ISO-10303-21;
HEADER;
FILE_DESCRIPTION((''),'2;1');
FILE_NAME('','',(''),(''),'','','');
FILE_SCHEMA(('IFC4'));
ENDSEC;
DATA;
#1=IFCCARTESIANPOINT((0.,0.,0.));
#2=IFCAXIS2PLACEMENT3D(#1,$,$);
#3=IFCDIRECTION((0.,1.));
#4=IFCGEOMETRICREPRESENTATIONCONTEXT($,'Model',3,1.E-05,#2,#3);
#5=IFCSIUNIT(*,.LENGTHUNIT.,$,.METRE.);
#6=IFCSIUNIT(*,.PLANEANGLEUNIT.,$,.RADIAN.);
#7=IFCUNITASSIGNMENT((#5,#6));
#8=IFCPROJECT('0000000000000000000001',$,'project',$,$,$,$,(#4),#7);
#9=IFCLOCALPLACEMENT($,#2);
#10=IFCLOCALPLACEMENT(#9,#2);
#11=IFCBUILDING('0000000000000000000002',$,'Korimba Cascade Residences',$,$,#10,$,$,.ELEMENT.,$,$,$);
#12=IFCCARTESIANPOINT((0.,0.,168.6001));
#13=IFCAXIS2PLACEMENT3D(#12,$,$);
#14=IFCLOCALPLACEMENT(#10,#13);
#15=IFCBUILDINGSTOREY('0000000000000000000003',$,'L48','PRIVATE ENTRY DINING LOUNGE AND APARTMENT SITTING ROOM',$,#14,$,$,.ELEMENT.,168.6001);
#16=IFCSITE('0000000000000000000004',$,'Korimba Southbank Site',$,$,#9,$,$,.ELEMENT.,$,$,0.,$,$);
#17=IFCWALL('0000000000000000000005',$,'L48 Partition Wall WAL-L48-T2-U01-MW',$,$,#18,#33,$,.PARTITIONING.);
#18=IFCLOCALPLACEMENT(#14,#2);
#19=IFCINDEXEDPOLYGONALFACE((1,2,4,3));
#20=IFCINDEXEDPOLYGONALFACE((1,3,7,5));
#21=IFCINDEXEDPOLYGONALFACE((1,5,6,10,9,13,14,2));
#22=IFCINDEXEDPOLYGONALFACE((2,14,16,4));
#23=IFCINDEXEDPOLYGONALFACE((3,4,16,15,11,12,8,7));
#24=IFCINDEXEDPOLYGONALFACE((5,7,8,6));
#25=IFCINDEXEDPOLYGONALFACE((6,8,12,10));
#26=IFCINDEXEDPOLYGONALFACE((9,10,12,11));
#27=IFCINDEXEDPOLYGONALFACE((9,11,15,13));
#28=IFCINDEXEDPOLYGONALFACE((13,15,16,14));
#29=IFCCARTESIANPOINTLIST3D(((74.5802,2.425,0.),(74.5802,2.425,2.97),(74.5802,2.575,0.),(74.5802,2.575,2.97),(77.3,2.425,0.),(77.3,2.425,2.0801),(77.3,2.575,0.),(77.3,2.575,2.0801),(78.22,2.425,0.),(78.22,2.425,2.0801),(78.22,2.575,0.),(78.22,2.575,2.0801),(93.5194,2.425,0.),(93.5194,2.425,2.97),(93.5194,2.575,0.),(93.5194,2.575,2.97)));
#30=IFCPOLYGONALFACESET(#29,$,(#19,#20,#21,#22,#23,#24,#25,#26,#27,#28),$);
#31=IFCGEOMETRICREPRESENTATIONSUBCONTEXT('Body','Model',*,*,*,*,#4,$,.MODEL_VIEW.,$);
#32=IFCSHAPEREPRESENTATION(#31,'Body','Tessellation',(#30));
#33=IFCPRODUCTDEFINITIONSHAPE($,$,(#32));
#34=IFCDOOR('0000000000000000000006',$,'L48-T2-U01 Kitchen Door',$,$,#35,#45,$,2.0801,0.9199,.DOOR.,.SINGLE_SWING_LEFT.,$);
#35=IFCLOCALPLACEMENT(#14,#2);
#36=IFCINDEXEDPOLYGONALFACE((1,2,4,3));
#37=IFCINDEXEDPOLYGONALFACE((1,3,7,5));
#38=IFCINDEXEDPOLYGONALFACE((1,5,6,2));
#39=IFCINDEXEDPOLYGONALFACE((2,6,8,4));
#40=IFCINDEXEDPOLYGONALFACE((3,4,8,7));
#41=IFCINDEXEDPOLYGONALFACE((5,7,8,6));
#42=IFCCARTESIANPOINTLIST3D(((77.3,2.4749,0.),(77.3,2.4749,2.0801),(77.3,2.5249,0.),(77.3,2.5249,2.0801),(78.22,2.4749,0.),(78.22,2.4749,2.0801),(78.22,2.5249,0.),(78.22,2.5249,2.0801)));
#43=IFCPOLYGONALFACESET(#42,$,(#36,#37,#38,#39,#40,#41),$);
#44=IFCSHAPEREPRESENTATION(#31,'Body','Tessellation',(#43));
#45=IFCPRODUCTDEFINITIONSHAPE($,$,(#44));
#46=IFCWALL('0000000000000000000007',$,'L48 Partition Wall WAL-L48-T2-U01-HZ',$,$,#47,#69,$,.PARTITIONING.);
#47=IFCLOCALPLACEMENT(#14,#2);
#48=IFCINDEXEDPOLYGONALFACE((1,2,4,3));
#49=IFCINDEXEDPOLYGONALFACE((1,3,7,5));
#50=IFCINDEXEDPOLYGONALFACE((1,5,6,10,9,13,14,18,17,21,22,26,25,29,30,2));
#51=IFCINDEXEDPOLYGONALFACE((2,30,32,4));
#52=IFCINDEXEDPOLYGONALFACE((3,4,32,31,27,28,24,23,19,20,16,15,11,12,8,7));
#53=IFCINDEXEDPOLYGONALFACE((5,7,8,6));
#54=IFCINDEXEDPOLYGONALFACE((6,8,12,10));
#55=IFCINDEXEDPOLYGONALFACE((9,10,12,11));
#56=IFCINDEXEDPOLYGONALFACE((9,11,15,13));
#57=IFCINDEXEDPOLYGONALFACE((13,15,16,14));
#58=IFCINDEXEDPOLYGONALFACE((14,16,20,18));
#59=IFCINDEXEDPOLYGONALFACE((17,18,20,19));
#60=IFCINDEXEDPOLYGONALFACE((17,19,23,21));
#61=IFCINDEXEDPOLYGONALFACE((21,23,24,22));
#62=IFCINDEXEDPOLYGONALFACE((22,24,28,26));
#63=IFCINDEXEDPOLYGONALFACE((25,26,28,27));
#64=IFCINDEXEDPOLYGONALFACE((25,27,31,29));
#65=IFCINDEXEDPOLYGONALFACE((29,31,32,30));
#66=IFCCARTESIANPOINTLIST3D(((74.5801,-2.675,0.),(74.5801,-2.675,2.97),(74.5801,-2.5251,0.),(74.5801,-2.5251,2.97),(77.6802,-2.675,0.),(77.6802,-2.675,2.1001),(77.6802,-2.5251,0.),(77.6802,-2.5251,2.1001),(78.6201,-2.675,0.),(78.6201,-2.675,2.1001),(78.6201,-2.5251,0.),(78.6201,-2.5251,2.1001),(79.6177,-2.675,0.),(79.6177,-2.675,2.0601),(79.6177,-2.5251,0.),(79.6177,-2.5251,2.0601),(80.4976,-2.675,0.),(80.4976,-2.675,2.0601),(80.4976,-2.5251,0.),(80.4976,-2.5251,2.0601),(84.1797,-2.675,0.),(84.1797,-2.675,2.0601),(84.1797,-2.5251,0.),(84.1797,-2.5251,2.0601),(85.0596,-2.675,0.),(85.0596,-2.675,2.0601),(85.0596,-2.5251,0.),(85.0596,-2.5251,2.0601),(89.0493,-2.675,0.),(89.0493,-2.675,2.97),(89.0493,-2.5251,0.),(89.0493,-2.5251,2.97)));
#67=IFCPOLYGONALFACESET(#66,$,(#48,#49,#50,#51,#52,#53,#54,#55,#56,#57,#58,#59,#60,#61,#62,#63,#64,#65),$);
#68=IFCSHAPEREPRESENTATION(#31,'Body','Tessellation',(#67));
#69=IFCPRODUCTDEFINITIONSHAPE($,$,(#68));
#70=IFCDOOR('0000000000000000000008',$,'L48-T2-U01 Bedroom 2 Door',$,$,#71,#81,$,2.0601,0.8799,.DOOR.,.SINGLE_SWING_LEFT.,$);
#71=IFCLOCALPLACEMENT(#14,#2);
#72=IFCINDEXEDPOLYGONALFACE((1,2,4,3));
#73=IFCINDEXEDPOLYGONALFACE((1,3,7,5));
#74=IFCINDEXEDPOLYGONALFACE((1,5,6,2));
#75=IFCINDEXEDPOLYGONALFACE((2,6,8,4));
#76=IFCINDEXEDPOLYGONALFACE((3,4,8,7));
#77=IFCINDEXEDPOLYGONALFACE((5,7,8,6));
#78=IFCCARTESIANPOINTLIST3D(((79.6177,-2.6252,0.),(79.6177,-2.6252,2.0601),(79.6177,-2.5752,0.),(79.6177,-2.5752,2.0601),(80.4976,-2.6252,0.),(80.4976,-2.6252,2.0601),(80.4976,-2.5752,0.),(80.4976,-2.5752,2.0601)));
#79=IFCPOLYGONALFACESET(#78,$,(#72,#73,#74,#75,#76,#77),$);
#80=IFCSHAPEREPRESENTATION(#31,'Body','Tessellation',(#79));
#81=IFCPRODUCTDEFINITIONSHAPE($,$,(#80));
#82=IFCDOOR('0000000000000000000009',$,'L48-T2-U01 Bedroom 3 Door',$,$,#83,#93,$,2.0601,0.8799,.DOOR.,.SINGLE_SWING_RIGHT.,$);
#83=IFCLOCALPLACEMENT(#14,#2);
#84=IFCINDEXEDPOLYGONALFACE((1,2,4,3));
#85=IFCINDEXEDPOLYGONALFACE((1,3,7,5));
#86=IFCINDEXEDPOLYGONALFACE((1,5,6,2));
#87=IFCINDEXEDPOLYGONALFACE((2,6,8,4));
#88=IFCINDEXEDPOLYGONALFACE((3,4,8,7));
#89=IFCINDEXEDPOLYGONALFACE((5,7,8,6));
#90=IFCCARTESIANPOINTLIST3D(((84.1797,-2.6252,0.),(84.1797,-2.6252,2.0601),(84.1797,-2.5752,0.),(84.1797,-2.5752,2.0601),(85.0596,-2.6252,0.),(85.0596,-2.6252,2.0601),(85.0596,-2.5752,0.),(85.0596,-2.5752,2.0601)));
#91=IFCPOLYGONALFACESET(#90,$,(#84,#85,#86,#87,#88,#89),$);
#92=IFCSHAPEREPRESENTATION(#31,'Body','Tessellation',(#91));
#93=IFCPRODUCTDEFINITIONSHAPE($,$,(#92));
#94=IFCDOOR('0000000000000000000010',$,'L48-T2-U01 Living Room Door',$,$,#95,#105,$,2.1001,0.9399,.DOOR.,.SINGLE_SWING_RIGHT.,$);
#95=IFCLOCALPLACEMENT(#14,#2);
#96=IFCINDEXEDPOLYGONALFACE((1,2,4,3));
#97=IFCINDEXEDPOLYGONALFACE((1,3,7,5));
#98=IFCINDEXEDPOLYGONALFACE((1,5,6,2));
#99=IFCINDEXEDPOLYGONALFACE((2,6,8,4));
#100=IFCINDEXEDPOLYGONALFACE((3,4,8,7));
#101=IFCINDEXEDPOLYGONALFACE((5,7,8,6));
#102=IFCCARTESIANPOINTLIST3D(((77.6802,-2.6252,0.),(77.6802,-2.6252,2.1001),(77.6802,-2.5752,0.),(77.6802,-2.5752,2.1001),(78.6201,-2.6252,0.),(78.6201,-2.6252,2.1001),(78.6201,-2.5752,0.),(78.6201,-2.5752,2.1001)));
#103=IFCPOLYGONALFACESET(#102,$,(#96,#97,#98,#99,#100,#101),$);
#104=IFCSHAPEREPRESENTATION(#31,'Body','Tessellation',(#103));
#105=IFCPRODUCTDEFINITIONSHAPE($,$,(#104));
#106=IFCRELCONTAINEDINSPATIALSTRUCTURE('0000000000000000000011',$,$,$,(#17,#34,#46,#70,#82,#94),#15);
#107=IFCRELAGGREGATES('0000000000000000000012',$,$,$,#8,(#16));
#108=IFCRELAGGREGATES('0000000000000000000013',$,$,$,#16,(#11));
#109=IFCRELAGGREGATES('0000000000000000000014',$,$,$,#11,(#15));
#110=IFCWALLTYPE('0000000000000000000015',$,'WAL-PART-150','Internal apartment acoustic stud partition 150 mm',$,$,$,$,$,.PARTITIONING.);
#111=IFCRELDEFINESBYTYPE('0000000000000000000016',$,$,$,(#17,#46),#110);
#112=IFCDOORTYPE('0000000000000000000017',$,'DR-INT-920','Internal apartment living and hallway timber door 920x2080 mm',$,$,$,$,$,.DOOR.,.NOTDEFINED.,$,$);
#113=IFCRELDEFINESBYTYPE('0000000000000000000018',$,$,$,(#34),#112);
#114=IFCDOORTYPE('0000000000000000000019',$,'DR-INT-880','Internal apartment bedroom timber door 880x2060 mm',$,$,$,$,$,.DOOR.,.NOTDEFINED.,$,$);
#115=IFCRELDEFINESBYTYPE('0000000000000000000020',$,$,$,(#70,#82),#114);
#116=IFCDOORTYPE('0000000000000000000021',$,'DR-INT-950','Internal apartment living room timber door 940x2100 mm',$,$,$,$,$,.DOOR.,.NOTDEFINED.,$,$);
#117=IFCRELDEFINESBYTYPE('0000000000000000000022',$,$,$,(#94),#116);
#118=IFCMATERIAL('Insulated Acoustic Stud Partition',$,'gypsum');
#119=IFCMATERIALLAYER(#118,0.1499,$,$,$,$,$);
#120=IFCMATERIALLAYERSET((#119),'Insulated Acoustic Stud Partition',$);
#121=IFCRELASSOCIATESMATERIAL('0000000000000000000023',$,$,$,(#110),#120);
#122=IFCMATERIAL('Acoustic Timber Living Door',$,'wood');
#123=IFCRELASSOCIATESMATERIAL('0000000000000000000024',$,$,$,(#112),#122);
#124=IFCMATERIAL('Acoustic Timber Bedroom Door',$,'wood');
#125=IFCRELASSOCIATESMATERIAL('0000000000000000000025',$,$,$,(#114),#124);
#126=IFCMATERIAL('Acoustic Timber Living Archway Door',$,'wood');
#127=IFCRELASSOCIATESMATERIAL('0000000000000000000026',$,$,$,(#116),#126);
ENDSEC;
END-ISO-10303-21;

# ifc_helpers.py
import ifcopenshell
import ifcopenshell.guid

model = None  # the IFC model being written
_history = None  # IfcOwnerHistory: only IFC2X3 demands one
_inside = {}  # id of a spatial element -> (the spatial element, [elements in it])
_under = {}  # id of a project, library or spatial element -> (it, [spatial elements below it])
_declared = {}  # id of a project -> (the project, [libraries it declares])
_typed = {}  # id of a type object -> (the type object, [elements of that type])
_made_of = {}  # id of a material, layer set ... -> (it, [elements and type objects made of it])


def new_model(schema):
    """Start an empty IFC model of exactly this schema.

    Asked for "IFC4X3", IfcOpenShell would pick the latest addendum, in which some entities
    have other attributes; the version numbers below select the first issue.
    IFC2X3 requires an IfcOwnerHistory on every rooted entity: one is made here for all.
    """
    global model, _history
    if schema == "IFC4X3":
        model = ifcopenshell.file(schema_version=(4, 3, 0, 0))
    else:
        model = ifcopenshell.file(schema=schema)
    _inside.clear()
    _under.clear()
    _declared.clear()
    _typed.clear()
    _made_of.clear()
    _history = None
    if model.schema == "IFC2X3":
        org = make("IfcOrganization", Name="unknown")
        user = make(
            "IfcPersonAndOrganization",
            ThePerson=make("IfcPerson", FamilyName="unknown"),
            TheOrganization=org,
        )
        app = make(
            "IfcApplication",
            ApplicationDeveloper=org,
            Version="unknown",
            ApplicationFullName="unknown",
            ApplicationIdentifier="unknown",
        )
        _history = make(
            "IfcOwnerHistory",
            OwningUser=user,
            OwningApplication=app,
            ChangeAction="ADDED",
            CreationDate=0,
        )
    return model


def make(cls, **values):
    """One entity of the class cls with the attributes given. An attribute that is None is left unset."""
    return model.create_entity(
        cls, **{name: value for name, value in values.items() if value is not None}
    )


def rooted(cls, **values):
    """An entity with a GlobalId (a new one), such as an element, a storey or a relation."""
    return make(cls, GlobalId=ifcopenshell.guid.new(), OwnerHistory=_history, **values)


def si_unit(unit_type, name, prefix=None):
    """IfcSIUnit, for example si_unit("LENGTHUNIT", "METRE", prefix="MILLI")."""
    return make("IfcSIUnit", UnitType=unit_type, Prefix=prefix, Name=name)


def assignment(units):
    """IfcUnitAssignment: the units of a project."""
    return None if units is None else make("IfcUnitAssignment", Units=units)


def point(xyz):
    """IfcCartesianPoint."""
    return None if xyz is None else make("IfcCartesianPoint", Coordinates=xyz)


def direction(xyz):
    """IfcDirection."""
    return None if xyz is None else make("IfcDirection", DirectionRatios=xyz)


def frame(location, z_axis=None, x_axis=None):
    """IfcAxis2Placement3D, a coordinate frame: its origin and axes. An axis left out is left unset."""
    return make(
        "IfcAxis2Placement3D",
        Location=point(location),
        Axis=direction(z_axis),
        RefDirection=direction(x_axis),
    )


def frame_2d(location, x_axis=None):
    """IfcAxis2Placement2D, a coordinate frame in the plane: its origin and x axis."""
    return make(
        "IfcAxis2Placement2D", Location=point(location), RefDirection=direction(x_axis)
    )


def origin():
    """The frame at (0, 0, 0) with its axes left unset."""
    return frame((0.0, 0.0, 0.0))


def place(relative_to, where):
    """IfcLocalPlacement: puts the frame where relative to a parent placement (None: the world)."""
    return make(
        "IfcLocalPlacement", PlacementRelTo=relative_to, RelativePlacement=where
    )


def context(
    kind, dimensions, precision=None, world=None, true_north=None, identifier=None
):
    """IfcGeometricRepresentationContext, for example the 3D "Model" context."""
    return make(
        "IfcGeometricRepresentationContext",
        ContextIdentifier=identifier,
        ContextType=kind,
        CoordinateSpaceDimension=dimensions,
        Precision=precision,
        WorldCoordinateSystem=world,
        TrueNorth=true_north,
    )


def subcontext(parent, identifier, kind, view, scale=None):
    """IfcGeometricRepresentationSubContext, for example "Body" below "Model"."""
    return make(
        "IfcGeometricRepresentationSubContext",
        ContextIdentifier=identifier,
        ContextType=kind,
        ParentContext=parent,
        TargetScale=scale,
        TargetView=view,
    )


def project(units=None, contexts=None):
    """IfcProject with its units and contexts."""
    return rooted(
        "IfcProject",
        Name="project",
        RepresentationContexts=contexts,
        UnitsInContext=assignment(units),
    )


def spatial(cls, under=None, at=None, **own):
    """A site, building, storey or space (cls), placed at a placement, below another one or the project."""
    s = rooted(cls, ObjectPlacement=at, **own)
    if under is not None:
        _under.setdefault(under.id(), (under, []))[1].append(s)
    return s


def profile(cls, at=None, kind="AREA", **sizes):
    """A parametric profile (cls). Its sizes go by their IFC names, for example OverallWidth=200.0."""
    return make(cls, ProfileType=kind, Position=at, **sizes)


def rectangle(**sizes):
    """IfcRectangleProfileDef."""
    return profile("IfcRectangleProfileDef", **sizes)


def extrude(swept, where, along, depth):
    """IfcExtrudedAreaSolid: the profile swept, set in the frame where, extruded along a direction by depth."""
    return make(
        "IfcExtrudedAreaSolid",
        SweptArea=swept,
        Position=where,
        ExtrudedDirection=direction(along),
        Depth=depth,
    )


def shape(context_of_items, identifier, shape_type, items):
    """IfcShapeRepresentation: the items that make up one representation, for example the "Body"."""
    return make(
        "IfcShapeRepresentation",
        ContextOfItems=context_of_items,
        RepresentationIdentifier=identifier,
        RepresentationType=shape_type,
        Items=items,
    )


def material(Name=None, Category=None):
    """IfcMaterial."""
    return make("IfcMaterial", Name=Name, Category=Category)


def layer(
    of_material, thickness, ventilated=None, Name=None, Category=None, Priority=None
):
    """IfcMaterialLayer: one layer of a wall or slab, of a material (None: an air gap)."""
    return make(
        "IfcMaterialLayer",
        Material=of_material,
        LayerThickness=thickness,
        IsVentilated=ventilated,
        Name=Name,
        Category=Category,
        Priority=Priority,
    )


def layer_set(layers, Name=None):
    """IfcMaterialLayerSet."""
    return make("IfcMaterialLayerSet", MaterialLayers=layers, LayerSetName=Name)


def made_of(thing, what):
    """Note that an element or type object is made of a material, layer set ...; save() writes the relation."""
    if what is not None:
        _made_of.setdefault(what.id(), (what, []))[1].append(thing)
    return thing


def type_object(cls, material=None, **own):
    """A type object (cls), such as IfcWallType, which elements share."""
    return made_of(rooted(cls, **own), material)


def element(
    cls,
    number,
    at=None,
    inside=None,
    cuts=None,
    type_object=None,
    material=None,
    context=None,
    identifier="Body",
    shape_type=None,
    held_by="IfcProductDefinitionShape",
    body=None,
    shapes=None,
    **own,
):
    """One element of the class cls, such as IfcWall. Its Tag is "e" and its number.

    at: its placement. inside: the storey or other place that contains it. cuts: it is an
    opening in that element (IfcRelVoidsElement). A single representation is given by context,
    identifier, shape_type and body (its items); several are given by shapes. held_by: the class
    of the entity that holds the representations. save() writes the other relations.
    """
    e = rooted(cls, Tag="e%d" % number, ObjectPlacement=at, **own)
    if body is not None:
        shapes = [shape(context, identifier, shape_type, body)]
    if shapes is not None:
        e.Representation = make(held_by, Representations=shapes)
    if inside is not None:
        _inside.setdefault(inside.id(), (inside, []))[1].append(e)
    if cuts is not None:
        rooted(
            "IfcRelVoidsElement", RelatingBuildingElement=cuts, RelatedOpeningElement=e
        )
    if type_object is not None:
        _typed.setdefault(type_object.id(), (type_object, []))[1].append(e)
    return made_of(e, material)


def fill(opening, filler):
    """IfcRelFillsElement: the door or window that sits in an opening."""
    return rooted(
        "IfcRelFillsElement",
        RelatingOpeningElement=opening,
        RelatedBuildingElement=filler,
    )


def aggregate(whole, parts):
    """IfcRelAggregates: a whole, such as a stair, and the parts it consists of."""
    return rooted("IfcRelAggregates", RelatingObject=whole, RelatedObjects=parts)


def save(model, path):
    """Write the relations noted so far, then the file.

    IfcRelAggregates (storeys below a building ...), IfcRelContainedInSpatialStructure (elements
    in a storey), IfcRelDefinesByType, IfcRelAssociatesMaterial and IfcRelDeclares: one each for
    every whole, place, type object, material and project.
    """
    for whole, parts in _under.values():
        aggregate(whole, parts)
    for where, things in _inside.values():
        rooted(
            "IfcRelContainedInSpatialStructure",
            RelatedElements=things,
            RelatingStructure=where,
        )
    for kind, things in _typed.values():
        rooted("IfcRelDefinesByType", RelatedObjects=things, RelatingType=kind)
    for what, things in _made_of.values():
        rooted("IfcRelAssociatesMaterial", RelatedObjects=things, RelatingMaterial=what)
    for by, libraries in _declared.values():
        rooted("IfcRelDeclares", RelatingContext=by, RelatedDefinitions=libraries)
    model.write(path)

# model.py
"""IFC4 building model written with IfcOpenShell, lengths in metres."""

from ifc_helpers import new_model, si_unit, direction, frame, frame_2d, origin, place, context, subcontext, project, spatial, rectangle, extrude, material, layer, layer_set, type_object, element, fill, save


model = new_model("IFC4")

# Units and contexts
model_context = context("Model", 3, precision=1e-05, world=origin(), true_north=direction((0.0, 1.0)))
body_context = subcontext(model_context, "Body", "Model", "MODEL_VIEW")
ifc_project = project(units=[si_unit("LENGTHUNIT", "METRE"), si_unit("PLANEANGLEUNIT", "RADIAN")], contexts=[model_context])

# Site, building, storey
site_placement = place(None, origin())
site = spatial("IfcSite", under=ifc_project, at=site_placement, Name="Korimba Southbank Site", CompositionType="ELEMENT", RefElevation=0.0)
building_placement = place(site_placement, origin())
building = spatial("IfcBuilding", under=site, at=building_placement, Name="Korimba Cascade Residences", CompositionType="ELEMENT")
storey_placement = place(building_placement, frame((0.0, 0.0, 168.6001)))
storey = spatial("IfcBuildingStorey", under=building, at=storey_placement, Name="L48", Description="PRIVATE ENTRY DINING LOUNGE AND APARTMENT SITTING ROOM", CompositionType="ELEMENT", Elevation=168.6001)

# Wall, opening, door
ifc_material_1 = material(Name="Insulated Acoustic Stud Partition", Category="gypsum")
ifc_layer_1 = layer(ifc_material_1, 0.1499)
ifc_layer_set_1 = layer_set([ifc_layer_1], Name="Insulated Acoustic Stud Partition")
wall_type_1 = type_object("IfcWallType", Name="WAL-PART-150", Description="Internal apartment acoustic stud partition 150 mm", PredefinedType="PARTITIONING", material=ifc_layer_set_1)
wall_1_placement = place(storey_placement, frame((74.5801, 2.5, 0.0), z_axis=(0.0, 0.0, 1.0), x_axis=(1.0, 0.0, 0.0)))
wall_1 = element("IfcWall", 1, at=wall_1_placement, inside=storey, type_object=wall_type_1, Name="L48 Partition Wall WAL-L48-T2-U01-MW", PredefinedType="PARTITIONING", context=body_context, shape_type="SweptSolid", body=[
    extrude(rectangle(XDim=18.9392, YDim=0.1499, at=frame_2d((9.4697, 0.0))), origin(), (0.0, 0.0, 1.0), 2.97),
])
opening_1_placement = place(wall_1_placement, frame((2.72, 0.0, 0.0)))
opening_1 = element("IfcOpeningElement", 2, at=opening_1_placement, cuts=wall_1, PredefinedType="OPENING", context=body_context, shape_type="SweptSolid", body=[
    extrude(rectangle(XDim=0.9199, YDim=2.0801, at=frame_2d((0.46, 1.04))), frame((0.0, 0.085, 0.0), z_axis=(0.0, -1.0, 0.0), x_axis=(1.0, 0.0, 0.0)), (0.0, 0.0, 1.0), 0.1699),
])
ifc_material_2 = material(Name="Acoustic Timber Living Door", Category="wood")
door_type_1 = type_object("IfcDoorType", Name="DR-INT-920", Description="Internal apartment living and hallway timber door 920x2080 mm", OperationType="NOTDEFINED", PredefinedType="DOOR", material=ifc_material_2)
door_1_placement = place(opening_1_placement, origin())
door_1 = element("IfcDoor", 3, at=door_1_placement, inside=storey, type_object=door_type_1, Name="L48-T2-U01 Kitchen Door", OperationType="SINGLE_SWING_LEFT", OverallHeight=2.0801, OverallWidth=0.9199, PredefinedType="DOOR", context=body_context, shape_type="SweptSolid", body=[
    extrude(rectangle(XDim=0.9199, YDim=2.0801, at=frame_2d((0.46, 1.04))), frame((0.0, 0.0249, 0.0), z_axis=(0.0, -1.0, 0.0), x_axis=(1.0, 0.0, 0.0)), (0.0, 0.0, 1.0), 0.05),
])
fill(opening_1, door_1)

# Wall, openings, doors
wall_2_placement = place(storey_placement, frame((74.5801, -2.6001, 0.0), z_axis=(0.0, 0.0, 1.0), x_axis=(1.0, 0.0, 0.0)))
wall_2 = element("IfcWall", 4, at=wall_2_placement, inside=storey, type_object=wall_type_1, Name="L48 Partition Wall WAL-L48-T2-U01-HZ", PredefinedType="PARTITIONING", context=body_context, shape_type="SweptSolid", body=[
    extrude(rectangle(XDim=14.4692, YDim=0.1499, at=frame_2d((7.2346, 0.0))), origin(), (0.0, 0.0, 1.0), 2.97),
])
opening_2_placement = place(wall_2_placement, frame((3.1001, 0.0, 0.0)))
opening_2 = element("IfcOpeningElement", 5, at=opening_2_placement, cuts=wall_2, PredefinedType="OPENING", context=body_context, shape_type="SweptSolid", body=[
    extrude(rectangle(XDim=0.9399, YDim=2.1001, at=frame_2d((0.47, 1.05))), frame((0.0, 0.085, 0.0), z_axis=(0.0, -1.0, 0.0), x_axis=(1.0, 0.0, 0.0)), (0.0, 0.0, 1.0), 0.1699),
])
opening_3_placement = place(wall_2_placement, frame((5.0376, 0.0, 0.0)))
opening_3 = element("IfcOpeningElement", 6, at=opening_3_placement, cuts=wall_2, PredefinedType="OPENING", context=body_context, shape_type="SweptSolid", body=[
    extrude(rectangle(XDim=0.8799, YDim=2.0601, at=frame_2d((0.4399, 1.03))), frame((0.0, 0.085, 0.0), z_axis=(0.0, -1.0, 0.0), x_axis=(1.0, 0.0, 0.0)), (0.0, 0.0, 1.0), 0.1699),
])
opening_4_placement = place(wall_2_placement, frame((9.5996, 0.0, 0.0)))
opening_4 = element("IfcOpeningElement", 7, at=opening_4_placement, cuts=wall_2, PredefinedType="OPENING", context=body_context, shape_type="SweptSolid", body=[
    extrude(rectangle(XDim=0.8799, YDim=2.0601, at=frame_2d((0.4399, 1.03))), frame((0.0, 0.085, 0.0), z_axis=(0.0, -1.0, 0.0), x_axis=(1.0, 0.0, 0.0)), (0.0, 0.0, 1.0), 0.1699),
])
ifc_material_3 = material(Name="Acoustic Timber Bedroom Door", Category="wood")
door_type_2 = type_object("IfcDoorType", Name="DR-INT-880", Description="Internal apartment bedroom timber door 880x2060 mm", OperationType="NOTDEFINED", PredefinedType="DOOR", material=ifc_material_3)
door_2_placement = place(opening_3_placement, origin())
door_2 = element("IfcDoor", 8, at=door_2_placement, inside=storey, type_object=door_type_2, Name="L48-T2-U01 Bedroom 2 Door", OperationType="SINGLE_SWING_LEFT", OverallHeight=2.0601, OverallWidth=0.8799, PredefinedType="DOOR", context=body_context, shape_type="SweptSolid", body=[
    extrude(rectangle(XDim=0.8799, YDim=2.0601, at=frame_2d((0.4399, 1.03))), frame((0.0, 0.0249, 0.0), z_axis=(0.0, -1.0, 0.0), x_axis=(1.0, 0.0, 0.0)), (0.0, 0.0, 1.0), 0.05),
])
fill(opening_3, door_2)
door_3_placement = place(opening_4_placement, origin())
door_3 = element("IfcDoor", 9, at=door_3_placement, inside=storey, type_object=door_type_2, Name="L48-T2-U01 Bedroom 3 Door", OperationType="SINGLE_SWING_RIGHT", OverallHeight=2.0601, OverallWidth=0.8799, PredefinedType="DOOR", context=body_context, shape_type="SweptSolid", body=[
    extrude(rectangle(XDim=0.8799, YDim=2.0601, at=frame_2d((0.4399, 1.03))), frame((0.0, 0.0249, 0.0), z_axis=(0.0, -1.0, 0.0), x_axis=(1.0, 0.0, 0.0)), (0.0, 0.0, 1.0), 0.05),
])
fill(opening_4, door_3)
ifc_material_4 = material(Name="Acoustic Timber Living Archway Door", Category="wood")
door_type_3 = type_object("IfcDoorType", Name="DR-INT-950", Description="Internal apartment living room timber door 940x2100 mm", OperationType="NOTDEFINED", PredefinedType="DOOR", material=ifc_material_4)
door_4_placement = place(opening_2_placement, origin())
door_4 = element("IfcDoor", 10, at=door_4_placement, inside=storey, type_object=door_type_3, Name="L48-T2-U01 Living Room Door", OperationType="SINGLE_SWING_RIGHT", OverallHeight=2.1001, OverallWidth=0.9399, PredefinedType="DOOR", context=body_context, shape_type="SweptSolid", body=[
    extrude(rectangle(XDim=0.9399, YDim=2.1001, at=frame_2d((0.47, 1.05))), frame((0.0, 0.0249, 0.0), z_axis=(0.0, -1.0, 0.0), x_axis=(1.0, 0.0, 0.0)), (0.0, 0.0, 1.0), 0.05),
])
fill(opening_2, door_4)

save(model, "model.ifc")
